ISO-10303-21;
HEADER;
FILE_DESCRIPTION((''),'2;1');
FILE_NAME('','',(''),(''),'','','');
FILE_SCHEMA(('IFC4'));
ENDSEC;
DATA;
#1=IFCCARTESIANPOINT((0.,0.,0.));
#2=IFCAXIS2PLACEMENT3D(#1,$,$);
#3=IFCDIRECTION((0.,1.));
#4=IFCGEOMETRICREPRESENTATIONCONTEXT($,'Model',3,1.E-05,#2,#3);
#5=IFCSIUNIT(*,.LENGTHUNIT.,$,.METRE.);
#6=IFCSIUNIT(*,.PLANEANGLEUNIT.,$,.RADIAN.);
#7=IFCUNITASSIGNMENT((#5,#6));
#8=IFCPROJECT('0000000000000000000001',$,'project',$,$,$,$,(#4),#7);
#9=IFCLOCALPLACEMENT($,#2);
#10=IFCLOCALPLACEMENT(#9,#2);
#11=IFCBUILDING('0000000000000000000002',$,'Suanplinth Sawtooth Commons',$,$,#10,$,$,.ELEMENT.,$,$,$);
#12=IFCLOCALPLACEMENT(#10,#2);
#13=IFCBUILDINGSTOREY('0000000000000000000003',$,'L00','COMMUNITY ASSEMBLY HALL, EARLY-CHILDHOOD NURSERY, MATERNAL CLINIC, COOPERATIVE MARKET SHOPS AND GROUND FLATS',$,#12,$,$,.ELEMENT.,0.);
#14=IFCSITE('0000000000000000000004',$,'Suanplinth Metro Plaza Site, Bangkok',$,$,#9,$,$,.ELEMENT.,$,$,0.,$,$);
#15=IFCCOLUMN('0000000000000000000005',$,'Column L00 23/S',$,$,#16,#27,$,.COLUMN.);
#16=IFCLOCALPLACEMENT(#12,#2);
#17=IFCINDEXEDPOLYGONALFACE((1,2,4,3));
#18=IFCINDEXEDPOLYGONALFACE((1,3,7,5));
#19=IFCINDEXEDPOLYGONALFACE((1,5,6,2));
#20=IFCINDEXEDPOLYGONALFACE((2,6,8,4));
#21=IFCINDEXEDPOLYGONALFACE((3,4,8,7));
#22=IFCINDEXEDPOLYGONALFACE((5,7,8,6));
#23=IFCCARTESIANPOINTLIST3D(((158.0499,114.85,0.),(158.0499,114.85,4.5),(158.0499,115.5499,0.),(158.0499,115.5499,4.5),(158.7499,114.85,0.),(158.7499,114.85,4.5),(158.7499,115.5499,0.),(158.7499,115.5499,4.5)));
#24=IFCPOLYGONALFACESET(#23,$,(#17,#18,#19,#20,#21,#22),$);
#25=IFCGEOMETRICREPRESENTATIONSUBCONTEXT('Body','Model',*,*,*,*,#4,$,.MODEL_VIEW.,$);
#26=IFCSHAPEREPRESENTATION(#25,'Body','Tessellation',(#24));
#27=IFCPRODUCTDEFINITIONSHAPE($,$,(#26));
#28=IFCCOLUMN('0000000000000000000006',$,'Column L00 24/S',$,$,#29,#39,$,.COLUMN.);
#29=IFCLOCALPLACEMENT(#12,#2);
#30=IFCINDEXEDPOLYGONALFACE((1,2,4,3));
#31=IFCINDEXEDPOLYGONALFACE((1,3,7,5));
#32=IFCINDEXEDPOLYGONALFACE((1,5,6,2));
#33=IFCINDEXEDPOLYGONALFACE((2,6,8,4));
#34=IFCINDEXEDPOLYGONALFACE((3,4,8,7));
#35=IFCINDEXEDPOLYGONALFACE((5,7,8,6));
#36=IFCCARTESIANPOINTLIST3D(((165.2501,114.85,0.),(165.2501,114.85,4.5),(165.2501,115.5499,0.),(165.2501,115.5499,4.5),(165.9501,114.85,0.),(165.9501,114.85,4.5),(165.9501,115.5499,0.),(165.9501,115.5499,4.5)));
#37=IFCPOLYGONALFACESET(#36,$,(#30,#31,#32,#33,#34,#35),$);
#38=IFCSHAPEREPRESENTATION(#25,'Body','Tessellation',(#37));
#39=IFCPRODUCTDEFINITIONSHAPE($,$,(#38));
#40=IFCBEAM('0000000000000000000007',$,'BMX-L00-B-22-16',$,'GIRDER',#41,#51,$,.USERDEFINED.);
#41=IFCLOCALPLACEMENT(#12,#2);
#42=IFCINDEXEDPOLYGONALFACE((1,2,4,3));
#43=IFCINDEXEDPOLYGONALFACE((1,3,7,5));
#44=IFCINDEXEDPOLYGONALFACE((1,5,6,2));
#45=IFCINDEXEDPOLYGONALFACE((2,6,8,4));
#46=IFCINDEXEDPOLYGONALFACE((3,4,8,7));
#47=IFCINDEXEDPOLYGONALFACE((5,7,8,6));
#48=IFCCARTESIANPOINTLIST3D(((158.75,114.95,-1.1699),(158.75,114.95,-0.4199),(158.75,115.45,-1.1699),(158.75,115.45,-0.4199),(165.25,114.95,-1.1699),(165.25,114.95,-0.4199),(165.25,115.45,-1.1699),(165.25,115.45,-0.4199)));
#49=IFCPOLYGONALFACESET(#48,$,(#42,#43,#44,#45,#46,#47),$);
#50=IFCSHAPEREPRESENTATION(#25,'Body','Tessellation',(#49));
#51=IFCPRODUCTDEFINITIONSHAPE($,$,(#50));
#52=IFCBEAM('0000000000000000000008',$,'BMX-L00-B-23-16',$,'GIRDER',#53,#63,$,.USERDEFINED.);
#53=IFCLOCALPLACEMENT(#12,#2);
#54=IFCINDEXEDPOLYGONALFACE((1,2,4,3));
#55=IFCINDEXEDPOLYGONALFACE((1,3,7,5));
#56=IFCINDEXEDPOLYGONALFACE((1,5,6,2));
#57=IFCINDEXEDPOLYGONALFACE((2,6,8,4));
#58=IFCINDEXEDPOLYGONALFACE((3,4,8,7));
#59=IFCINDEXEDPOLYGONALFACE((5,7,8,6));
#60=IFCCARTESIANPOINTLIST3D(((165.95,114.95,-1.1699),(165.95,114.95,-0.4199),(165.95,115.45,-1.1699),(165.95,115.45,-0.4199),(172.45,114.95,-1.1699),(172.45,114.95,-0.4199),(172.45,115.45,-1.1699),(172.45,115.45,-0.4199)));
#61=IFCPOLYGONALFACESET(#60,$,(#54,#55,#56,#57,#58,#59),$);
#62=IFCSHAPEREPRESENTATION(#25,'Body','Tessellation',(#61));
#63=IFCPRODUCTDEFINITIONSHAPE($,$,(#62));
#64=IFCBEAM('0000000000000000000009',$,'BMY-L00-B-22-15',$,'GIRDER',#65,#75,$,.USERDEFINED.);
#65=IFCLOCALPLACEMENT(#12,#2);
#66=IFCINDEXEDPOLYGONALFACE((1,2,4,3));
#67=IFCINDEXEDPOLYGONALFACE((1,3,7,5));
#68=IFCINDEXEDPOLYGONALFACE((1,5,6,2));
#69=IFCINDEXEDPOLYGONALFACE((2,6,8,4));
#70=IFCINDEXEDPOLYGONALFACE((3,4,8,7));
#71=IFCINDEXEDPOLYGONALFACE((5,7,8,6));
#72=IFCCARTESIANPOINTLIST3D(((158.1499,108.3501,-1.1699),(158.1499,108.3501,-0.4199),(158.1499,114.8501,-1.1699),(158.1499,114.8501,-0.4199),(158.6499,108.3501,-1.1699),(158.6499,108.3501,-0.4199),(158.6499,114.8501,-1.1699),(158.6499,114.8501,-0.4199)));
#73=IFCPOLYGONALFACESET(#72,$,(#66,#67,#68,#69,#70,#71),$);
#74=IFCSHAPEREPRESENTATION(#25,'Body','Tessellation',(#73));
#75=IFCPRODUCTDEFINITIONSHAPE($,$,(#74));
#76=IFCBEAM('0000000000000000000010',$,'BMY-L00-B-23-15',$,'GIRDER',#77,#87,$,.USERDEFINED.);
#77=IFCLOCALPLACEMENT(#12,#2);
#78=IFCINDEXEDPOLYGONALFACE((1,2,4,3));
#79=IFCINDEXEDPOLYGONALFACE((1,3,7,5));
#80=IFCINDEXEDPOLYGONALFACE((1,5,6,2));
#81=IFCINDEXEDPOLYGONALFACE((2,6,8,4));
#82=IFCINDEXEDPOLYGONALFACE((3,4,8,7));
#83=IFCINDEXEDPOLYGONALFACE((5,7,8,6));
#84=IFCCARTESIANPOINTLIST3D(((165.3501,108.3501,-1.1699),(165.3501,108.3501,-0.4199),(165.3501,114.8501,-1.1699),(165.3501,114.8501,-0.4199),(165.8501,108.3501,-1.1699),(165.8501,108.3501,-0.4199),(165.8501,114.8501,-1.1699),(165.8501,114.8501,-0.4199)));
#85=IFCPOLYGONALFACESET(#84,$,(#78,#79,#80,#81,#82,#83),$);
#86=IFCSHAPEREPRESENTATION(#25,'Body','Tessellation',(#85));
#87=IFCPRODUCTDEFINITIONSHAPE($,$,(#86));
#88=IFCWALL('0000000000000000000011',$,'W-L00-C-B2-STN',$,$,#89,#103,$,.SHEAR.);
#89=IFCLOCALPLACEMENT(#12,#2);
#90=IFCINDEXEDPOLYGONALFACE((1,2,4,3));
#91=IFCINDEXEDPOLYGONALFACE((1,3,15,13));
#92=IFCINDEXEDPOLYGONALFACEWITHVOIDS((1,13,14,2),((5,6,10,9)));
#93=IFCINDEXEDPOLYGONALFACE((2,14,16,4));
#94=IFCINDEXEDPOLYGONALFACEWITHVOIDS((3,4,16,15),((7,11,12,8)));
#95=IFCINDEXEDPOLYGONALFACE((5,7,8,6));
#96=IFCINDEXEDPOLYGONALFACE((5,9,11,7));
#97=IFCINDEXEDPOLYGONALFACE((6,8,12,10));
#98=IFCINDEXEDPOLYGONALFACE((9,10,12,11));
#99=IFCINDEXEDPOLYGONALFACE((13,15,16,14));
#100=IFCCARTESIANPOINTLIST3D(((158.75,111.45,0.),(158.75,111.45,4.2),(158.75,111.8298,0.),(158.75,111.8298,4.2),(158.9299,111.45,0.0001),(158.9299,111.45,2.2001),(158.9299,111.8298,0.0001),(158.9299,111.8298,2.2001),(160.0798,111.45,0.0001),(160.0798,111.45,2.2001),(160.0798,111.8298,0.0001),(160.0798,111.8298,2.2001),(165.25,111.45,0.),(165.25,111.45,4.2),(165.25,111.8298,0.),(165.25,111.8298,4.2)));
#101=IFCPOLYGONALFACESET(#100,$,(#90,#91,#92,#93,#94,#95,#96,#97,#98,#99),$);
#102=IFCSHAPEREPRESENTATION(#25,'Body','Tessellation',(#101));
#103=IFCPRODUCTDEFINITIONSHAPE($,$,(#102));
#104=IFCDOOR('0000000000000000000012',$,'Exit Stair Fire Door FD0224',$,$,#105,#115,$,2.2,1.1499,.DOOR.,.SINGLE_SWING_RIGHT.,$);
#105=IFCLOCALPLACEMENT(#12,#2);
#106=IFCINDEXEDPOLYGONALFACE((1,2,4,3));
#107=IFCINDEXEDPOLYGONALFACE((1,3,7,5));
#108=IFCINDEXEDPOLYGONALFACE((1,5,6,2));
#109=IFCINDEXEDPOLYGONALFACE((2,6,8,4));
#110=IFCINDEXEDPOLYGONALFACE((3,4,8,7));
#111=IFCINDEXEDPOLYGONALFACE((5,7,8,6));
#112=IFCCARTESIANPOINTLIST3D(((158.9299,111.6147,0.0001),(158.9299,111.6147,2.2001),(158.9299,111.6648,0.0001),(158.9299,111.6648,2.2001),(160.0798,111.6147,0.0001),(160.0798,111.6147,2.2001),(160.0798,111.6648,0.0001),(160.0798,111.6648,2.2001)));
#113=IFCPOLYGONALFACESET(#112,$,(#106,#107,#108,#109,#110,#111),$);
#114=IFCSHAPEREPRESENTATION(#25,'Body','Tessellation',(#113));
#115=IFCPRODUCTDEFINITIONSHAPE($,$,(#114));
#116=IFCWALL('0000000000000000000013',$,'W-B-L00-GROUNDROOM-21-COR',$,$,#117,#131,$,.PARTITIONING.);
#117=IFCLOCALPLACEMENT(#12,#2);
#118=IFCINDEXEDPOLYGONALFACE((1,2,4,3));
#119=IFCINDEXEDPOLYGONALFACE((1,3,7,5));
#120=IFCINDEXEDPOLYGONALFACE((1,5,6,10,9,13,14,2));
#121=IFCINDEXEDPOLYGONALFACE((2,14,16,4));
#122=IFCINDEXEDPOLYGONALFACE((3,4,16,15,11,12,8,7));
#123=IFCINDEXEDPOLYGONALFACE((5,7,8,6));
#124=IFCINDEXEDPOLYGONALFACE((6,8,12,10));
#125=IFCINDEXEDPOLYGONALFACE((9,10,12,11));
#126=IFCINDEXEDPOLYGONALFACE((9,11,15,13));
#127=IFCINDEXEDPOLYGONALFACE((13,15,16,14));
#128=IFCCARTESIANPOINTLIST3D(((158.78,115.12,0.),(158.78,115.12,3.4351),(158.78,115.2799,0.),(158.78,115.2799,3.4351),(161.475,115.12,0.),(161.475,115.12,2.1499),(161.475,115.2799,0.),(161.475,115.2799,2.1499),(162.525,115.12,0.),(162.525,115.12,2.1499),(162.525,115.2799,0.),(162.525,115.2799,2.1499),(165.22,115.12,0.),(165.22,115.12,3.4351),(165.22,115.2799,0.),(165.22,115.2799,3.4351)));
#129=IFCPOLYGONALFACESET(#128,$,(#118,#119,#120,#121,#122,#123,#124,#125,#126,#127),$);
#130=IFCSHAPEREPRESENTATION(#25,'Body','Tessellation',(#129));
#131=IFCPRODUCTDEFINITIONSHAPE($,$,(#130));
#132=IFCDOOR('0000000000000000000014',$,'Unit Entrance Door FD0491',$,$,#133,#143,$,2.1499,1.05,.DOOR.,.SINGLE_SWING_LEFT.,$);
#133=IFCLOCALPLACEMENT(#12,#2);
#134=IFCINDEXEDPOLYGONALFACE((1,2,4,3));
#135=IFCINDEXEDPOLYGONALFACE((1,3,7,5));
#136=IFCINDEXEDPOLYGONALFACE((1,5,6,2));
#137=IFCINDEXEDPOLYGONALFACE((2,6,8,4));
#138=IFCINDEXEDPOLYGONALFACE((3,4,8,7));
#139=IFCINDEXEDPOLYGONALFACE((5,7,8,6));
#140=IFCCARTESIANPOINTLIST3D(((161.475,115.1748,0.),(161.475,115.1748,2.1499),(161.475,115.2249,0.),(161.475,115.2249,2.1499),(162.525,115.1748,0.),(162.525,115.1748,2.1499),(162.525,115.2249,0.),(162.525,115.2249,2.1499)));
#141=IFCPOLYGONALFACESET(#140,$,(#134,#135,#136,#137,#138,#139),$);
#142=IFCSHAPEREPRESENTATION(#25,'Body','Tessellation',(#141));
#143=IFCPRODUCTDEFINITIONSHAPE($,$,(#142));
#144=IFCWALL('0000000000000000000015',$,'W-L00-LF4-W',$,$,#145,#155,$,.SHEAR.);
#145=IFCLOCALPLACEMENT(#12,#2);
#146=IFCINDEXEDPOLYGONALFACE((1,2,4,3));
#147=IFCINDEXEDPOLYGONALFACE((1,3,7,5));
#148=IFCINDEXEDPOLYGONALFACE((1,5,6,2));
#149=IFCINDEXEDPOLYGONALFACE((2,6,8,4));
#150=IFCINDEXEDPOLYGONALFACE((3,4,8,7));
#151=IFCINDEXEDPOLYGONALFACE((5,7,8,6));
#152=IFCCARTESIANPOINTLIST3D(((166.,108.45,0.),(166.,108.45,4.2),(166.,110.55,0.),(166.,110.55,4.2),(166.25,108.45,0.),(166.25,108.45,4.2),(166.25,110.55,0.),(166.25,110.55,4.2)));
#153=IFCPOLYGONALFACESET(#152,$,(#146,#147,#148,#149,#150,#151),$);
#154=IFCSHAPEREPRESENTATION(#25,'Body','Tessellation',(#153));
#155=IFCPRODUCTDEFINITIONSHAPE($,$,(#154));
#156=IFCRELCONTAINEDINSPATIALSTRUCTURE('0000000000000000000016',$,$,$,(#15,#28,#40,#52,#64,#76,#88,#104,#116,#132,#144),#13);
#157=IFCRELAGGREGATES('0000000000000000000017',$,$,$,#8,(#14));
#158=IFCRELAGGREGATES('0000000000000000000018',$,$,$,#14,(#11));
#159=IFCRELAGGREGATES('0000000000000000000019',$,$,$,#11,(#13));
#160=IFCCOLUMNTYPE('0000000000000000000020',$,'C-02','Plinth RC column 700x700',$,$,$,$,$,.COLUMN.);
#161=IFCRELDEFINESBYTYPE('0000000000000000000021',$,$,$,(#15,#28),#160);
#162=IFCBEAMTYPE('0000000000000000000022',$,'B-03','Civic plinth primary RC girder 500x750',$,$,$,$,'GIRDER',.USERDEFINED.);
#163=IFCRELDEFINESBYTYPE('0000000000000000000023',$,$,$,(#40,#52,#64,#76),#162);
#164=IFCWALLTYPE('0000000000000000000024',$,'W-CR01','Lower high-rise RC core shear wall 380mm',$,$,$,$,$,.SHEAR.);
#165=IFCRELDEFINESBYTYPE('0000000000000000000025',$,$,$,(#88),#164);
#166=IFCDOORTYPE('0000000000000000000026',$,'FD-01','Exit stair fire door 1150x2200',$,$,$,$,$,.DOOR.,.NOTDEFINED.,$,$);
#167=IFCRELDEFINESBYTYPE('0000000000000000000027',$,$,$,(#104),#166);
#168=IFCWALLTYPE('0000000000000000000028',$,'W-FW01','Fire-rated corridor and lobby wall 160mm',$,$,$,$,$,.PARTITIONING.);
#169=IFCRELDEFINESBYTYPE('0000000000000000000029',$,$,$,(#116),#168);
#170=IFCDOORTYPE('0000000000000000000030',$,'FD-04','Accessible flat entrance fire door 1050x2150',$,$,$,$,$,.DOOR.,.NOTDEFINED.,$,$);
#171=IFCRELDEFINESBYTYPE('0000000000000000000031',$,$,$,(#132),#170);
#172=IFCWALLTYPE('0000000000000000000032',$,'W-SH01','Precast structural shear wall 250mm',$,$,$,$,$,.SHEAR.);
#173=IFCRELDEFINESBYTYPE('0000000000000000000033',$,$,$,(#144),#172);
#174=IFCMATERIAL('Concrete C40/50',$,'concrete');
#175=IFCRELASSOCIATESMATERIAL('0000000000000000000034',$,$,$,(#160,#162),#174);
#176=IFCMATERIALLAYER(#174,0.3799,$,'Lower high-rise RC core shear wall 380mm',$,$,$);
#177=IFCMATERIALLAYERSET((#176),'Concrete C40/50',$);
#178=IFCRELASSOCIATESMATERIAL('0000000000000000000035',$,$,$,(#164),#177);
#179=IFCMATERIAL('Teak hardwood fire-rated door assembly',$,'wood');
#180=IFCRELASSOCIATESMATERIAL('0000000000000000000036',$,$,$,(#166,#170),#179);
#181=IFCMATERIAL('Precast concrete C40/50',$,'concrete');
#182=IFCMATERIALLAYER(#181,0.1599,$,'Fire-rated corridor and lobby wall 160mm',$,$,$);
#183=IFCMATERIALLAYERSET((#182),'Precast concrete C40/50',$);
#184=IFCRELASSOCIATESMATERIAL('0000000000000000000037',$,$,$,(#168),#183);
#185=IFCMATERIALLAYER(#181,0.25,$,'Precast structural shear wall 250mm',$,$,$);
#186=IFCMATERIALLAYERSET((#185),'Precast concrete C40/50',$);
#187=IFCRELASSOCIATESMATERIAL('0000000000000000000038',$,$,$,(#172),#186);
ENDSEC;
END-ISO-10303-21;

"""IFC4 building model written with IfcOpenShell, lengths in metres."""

from ifc_helpers import new_model, si_unit, direction, frame, frame_2d, origin, origin_2d, place, context, subcontext, project, spatial, rectangle, extrude, material, layer, layer_set, material_profile, profile_set, type_object, element, fill, save


model = new_model("IFC4")

# Units and contexts
model_context = context("Model", 3, precision=1e-05, world=origin(), true_north=direction((0.0, 1.0)))
body_context = subcontext(model_context, "Body", "Model", "MODEL_VIEW")
ifc_project = project(units=[si_unit("LENGTHUNIT", "METRE"), si_unit("PLANEANGLEUNIT", "RADIAN")], contexts=[model_context])

# Site, building, storey
site_placement = place(None, origin())
site = spatial("IfcSite", under=ifc_project, at=site_placement, Name="Suanplinth Metro Plaza Site, Bangkok", CompositionType="ELEMENT", RefElevation=0.0)
building_placement = place(site_placement, origin())
building = spatial("IfcBuilding", under=site, at=building_placement, Name="Suanplinth Sawtooth Commons", CompositionType="ELEMENT")
storey_placement = place(building_placement, origin())
storey = spatial("IfcBuildingStorey", under=building, at=storey_placement, Name="L00", Description="COMMUNITY ASSEMBLY HALL, EARLY-CHILDHOOD NURSERY, MATERNAL CLINIC, COOPERATIVE MARKET SHOPS AND GROUND FLATS", CompositionType="ELEMENT", Elevation=0.0)

# Columns
ifc_material_1 = material(Name="Concrete C40/50", Category="concrete")
ifc_material_profile_1 = material_profile(ifc_material_1, rectangle(XDim=0.7, YDim=0.7, at=origin_2d()), Name="RC-COL 700x700")
ifc_profile_set_1 = profile_set([ifc_material_profile_1], Name="Concrete C40/50")
column_type = type_object("IfcColumnType", Name="C-02", Description="Plinth RC column 700x700", PredefinedType="COLUMN", material=ifc_profile_set_1)
for number, where, z_axis, x_axis, name in (
    (1, (158.3999, 115.2, 0.0), (0.0, 0.0, 1.0), (1.0, 0.0, 0.0), "Column L00 23/S"),
    (2, (165.6001, 115.2, 0.0), (0.0, 0.0, 1.0), (1.0, 0.0, 0.0), "Column L00 24/S"),
):
    element("IfcColumn", number, at=place(storey_placement, frame(where, z_axis=z_axis, x_axis=x_axis)), inside=storey, type_object=column_type, Name=name, PredefinedType="COLUMN", context=body_context, shape_type="SweptSolid", body=[
        extrude(rectangle(XDim=0.7, YDim=0.7, at=origin_2d()), origin(), (0.0, 0.0, 1.0), 4.5),
    ])

# Beams
ifc_material_profile_2 = material_profile(ifc_material_1, rectangle(XDim=0.5, YDim=0.75, at=origin_2d()), Name="RC-GDR 500x750")
ifc_profile_set_2 = profile_set([ifc_material_profile_2], Name="Concrete C40/50")
beam_type = type_object("IfcBeamType", Name="B-03", Description="Civic plinth primary RC girder 500x750", ElementType="GIRDER", PredefinedType="USERDEFINED", material=ifc_profile_set_2)
for number, where, z_axis, x_axis, name in (
    (3, (158.75, 115.2, -0.7949), (1.0, 0.0, 0.0), (0.0, 1.0, 0.0), "BMX-L00-B-22-16"),
    (4, (165.95, 115.2, -0.7949), (1.0, 0.0, 0.0), (0.0, 1.0, 0.0), "BMX-L00-B-23-16"),
    (5, (158.3999, 108.3501, -0.7949), (0.0, 1.0, 0.0), (-1.0, 0.0, 0.0), "BMY-L00-B-22-15"),
    (6, (165.6001, 108.3501, -0.7949), (0.0, 1.0, 0.0), (-1.0, 0.0, 0.0), "BMY-L00-B-23-15"),
):
    element("IfcBeam", number, at=place(storey_placement, frame(where, z_axis=z_axis, x_axis=x_axis)), inside=storey, type_object=beam_type, Name=name, ObjectType="GIRDER", PredefinedType="USERDEFINED", context=body_context, shape_type="SweptSolid", body=[
        extrude(rectangle(XDim=0.5, YDim=0.75, at=origin_2d()), origin(), (0.0, 0.0, 1.0), 6.5),
    ])

# Walls, openings, doors
ifc_layer_1 = layer(ifc_material_1, 0.3799, Name="Lower high-rise RC core shear wall 380mm")
ifc_layer_set_1 = layer_set([ifc_layer_1], Name="Concrete C40/50")
wall_type_1 = type_object("IfcWallType", Name="W-CR01", Description="Lower high-rise RC core shear wall 380mm", PredefinedType="SHEAR", material=ifc_layer_set_1)
wall_1_placement = place(storey_placement, frame((158.75, 111.6399, 0.0), z_axis=(0.0, 0.0, 1.0), x_axis=(1.0, 0.0, 0.0)))
wall_1 = element("IfcWall", 7, at=wall_1_placement, inside=storey, type_object=wall_type_1, Name="W-L00-C-B2-STN", PredefinedType="SHEAR", context=body_context, shape_type="SweptSolid", body=[
    extrude(rectangle(XDim=6.5, YDim=0.3799, at=frame_2d((3.25, 0.0))), origin(), (0.0, 0.0, 1.0), 4.2),
])
opening_1_placement = place(wall_1_placement, frame((0.1799, 0.0, 0.0)))
opening_1 = element("IfcOpeningElement", 8, at=opening_1_placement, cuts=wall_1, PredefinedType="OPENING", context=body_context, shape_type="SweptSolid", body=[
    extrude(rectangle(XDim=1.1499, YDim=2.2, at=frame_2d((0.575, 1.1001))), frame((0.0, 0.2048, 0.0), z_axis=(0.0, -1.0, 0.0), x_axis=(1.0, 0.0, 0.0)), (0.0, 0.0, 1.0), 0.4097),
])
ifc_material_2 = material(Name="Teak hardwood fire-rated door assembly", Category="wood")
door_type_1 = type_object("IfcDoorType", Name="FD-01", Description="Exit stair fire door 1150x2200", OperationType="NOTDEFINED", PredefinedType="DOOR", material=ifc_material_2)
door_1_placement = place(opening_1_placement, origin())
door_1 = element("IfcDoor", 9, at=door_1_placement, inside=storey, type_object=door_type_1, Name="Exit Stair Fire Door FD0224", OperationType="SINGLE_SWING_RIGHT", OverallHeight=2.2, OverallWidth=1.1499, PredefinedType="DOOR", context=body_context, shape_type="SweptSolid", body=[
    extrude(rectangle(XDim=1.1499, YDim=2.2, at=frame_2d((0.575, 1.1001))), frame((0.0, 0.0249, 0.0), z_axis=(0.0, -1.0, 0.0), x_axis=(1.0, 0.0, 0.0)), (0.0, 0.0, 1.0), 0.05),
])
fill(opening_1, door_1)
ifc_material_3 = material(Name="Precast concrete C40/50", Category="concrete")
ifc_layer_2 = layer(ifc_material_3, 0.1599, Name="Fire-rated corridor and lobby wall 160mm")
ifc_layer_set_2 = layer_set([ifc_layer_2], Name="Precast concrete C40/50")
wall_type_2 = type_object("IfcWallType", Name="W-FW01", Description="Fire-rated corridor and lobby wall 160mm", PredefinedType="PARTITIONING", material=ifc_layer_set_2)
wall_2_placement = place(storey_placement, frame((158.78, 115.2, 0.0), z_axis=(0.0, 0.0, 1.0), x_axis=(1.0, 0.0, 0.0)))
wall_2 = element("IfcWall", 10, at=wall_2_placement, inside=storey, type_object=wall_type_2, Name="W-B-L00-GROUNDROOM-21-COR", PredefinedType="PARTITIONING", context=body_context, shape_type="SweptSolid", body=[
    extrude(rectangle(XDim=6.4399, YDim=0.1599, at=frame_2d((3.22, 0.0))), origin(), (0.0, 0.0, 1.0), 3.4351),
])
opening_2_placement = place(wall_2_placement, frame((2.6951, 0.0, 0.0)))
opening_2 = element("IfcOpeningElement", 11, at=opening_2_placement, cuts=wall_2, PredefinedType="OPENING", context=body_context, shape_type="SweptSolid", body=[
    extrude(rectangle(XDim=1.05, YDim=2.1499, at=frame_2d((0.5249, 1.075))), frame((0.0, 0.0947, 0.0), z_axis=(0.0, -1.0, 0.0), x_axis=(1.0, 0.0, 0.0)), (0.0, 0.0, 1.0), 0.1897),
])
door_type_2 = type_object("IfcDoorType", Name="FD-04", Description="Accessible flat entrance fire door 1050x2150", OperationType="NOTDEFINED", PredefinedType="DOOR", material=ifc_material_2)
door_2_placement = place(opening_2_placement, origin())
door_2 = element("IfcDoor", 12, at=door_2_placement, inside=storey, type_object=door_type_2, Name="Unit Entrance Door FD0491", OperationType="SINGLE_SWING_LEFT", OverallHeight=2.1499, OverallWidth=1.05, PredefinedType="DOOR", context=body_context, shape_type="SweptSolid", body=[
    extrude(rectangle(XDim=1.05, YDim=2.1499, at=frame_2d((0.5249, 1.075))), frame((0.0, 0.0249, 0.0), z_axis=(0.0, -1.0, 0.0), x_axis=(1.0, 0.0, 0.0)), (0.0, 0.0, 1.0), 0.05),
])
fill(opening_2, door_2)
ifc_layer_3 = layer(ifc_material_3, 0.25, Name="Precast structural shear wall 250mm")
ifc_layer_set_3 = layer_set([ifc_layer_3], Name="Precast concrete C40/50")
wall_type_3 = type_object("IfcWallType", Name="W-SH01", Description="Precast structural shear wall 250mm", PredefinedType="SHEAR", material=ifc_layer_set_3)

# Wall
wall_3_placement = place(storey_placement, frame((166.125, 108.45, 0.0), z_axis=(0.0, 0.0, 1.0), x_axis=(0.0, 1.0, 0.0)))
element("IfcWall", 13, at=wall_3_placement, inside=storey, type_object=wall_type_3, Name="W-L00-LF4-W", PredefinedType="SHEAR", context=body_context, shape_type="SweptSolid", body=[
    extrude(rectangle(XDim=2.1001, YDim=0.25, at=frame_2d((1.05, 0.0))), origin(), (0.0, 0.0, 1.0), 4.2),
])

save(model, "model.ifc")
